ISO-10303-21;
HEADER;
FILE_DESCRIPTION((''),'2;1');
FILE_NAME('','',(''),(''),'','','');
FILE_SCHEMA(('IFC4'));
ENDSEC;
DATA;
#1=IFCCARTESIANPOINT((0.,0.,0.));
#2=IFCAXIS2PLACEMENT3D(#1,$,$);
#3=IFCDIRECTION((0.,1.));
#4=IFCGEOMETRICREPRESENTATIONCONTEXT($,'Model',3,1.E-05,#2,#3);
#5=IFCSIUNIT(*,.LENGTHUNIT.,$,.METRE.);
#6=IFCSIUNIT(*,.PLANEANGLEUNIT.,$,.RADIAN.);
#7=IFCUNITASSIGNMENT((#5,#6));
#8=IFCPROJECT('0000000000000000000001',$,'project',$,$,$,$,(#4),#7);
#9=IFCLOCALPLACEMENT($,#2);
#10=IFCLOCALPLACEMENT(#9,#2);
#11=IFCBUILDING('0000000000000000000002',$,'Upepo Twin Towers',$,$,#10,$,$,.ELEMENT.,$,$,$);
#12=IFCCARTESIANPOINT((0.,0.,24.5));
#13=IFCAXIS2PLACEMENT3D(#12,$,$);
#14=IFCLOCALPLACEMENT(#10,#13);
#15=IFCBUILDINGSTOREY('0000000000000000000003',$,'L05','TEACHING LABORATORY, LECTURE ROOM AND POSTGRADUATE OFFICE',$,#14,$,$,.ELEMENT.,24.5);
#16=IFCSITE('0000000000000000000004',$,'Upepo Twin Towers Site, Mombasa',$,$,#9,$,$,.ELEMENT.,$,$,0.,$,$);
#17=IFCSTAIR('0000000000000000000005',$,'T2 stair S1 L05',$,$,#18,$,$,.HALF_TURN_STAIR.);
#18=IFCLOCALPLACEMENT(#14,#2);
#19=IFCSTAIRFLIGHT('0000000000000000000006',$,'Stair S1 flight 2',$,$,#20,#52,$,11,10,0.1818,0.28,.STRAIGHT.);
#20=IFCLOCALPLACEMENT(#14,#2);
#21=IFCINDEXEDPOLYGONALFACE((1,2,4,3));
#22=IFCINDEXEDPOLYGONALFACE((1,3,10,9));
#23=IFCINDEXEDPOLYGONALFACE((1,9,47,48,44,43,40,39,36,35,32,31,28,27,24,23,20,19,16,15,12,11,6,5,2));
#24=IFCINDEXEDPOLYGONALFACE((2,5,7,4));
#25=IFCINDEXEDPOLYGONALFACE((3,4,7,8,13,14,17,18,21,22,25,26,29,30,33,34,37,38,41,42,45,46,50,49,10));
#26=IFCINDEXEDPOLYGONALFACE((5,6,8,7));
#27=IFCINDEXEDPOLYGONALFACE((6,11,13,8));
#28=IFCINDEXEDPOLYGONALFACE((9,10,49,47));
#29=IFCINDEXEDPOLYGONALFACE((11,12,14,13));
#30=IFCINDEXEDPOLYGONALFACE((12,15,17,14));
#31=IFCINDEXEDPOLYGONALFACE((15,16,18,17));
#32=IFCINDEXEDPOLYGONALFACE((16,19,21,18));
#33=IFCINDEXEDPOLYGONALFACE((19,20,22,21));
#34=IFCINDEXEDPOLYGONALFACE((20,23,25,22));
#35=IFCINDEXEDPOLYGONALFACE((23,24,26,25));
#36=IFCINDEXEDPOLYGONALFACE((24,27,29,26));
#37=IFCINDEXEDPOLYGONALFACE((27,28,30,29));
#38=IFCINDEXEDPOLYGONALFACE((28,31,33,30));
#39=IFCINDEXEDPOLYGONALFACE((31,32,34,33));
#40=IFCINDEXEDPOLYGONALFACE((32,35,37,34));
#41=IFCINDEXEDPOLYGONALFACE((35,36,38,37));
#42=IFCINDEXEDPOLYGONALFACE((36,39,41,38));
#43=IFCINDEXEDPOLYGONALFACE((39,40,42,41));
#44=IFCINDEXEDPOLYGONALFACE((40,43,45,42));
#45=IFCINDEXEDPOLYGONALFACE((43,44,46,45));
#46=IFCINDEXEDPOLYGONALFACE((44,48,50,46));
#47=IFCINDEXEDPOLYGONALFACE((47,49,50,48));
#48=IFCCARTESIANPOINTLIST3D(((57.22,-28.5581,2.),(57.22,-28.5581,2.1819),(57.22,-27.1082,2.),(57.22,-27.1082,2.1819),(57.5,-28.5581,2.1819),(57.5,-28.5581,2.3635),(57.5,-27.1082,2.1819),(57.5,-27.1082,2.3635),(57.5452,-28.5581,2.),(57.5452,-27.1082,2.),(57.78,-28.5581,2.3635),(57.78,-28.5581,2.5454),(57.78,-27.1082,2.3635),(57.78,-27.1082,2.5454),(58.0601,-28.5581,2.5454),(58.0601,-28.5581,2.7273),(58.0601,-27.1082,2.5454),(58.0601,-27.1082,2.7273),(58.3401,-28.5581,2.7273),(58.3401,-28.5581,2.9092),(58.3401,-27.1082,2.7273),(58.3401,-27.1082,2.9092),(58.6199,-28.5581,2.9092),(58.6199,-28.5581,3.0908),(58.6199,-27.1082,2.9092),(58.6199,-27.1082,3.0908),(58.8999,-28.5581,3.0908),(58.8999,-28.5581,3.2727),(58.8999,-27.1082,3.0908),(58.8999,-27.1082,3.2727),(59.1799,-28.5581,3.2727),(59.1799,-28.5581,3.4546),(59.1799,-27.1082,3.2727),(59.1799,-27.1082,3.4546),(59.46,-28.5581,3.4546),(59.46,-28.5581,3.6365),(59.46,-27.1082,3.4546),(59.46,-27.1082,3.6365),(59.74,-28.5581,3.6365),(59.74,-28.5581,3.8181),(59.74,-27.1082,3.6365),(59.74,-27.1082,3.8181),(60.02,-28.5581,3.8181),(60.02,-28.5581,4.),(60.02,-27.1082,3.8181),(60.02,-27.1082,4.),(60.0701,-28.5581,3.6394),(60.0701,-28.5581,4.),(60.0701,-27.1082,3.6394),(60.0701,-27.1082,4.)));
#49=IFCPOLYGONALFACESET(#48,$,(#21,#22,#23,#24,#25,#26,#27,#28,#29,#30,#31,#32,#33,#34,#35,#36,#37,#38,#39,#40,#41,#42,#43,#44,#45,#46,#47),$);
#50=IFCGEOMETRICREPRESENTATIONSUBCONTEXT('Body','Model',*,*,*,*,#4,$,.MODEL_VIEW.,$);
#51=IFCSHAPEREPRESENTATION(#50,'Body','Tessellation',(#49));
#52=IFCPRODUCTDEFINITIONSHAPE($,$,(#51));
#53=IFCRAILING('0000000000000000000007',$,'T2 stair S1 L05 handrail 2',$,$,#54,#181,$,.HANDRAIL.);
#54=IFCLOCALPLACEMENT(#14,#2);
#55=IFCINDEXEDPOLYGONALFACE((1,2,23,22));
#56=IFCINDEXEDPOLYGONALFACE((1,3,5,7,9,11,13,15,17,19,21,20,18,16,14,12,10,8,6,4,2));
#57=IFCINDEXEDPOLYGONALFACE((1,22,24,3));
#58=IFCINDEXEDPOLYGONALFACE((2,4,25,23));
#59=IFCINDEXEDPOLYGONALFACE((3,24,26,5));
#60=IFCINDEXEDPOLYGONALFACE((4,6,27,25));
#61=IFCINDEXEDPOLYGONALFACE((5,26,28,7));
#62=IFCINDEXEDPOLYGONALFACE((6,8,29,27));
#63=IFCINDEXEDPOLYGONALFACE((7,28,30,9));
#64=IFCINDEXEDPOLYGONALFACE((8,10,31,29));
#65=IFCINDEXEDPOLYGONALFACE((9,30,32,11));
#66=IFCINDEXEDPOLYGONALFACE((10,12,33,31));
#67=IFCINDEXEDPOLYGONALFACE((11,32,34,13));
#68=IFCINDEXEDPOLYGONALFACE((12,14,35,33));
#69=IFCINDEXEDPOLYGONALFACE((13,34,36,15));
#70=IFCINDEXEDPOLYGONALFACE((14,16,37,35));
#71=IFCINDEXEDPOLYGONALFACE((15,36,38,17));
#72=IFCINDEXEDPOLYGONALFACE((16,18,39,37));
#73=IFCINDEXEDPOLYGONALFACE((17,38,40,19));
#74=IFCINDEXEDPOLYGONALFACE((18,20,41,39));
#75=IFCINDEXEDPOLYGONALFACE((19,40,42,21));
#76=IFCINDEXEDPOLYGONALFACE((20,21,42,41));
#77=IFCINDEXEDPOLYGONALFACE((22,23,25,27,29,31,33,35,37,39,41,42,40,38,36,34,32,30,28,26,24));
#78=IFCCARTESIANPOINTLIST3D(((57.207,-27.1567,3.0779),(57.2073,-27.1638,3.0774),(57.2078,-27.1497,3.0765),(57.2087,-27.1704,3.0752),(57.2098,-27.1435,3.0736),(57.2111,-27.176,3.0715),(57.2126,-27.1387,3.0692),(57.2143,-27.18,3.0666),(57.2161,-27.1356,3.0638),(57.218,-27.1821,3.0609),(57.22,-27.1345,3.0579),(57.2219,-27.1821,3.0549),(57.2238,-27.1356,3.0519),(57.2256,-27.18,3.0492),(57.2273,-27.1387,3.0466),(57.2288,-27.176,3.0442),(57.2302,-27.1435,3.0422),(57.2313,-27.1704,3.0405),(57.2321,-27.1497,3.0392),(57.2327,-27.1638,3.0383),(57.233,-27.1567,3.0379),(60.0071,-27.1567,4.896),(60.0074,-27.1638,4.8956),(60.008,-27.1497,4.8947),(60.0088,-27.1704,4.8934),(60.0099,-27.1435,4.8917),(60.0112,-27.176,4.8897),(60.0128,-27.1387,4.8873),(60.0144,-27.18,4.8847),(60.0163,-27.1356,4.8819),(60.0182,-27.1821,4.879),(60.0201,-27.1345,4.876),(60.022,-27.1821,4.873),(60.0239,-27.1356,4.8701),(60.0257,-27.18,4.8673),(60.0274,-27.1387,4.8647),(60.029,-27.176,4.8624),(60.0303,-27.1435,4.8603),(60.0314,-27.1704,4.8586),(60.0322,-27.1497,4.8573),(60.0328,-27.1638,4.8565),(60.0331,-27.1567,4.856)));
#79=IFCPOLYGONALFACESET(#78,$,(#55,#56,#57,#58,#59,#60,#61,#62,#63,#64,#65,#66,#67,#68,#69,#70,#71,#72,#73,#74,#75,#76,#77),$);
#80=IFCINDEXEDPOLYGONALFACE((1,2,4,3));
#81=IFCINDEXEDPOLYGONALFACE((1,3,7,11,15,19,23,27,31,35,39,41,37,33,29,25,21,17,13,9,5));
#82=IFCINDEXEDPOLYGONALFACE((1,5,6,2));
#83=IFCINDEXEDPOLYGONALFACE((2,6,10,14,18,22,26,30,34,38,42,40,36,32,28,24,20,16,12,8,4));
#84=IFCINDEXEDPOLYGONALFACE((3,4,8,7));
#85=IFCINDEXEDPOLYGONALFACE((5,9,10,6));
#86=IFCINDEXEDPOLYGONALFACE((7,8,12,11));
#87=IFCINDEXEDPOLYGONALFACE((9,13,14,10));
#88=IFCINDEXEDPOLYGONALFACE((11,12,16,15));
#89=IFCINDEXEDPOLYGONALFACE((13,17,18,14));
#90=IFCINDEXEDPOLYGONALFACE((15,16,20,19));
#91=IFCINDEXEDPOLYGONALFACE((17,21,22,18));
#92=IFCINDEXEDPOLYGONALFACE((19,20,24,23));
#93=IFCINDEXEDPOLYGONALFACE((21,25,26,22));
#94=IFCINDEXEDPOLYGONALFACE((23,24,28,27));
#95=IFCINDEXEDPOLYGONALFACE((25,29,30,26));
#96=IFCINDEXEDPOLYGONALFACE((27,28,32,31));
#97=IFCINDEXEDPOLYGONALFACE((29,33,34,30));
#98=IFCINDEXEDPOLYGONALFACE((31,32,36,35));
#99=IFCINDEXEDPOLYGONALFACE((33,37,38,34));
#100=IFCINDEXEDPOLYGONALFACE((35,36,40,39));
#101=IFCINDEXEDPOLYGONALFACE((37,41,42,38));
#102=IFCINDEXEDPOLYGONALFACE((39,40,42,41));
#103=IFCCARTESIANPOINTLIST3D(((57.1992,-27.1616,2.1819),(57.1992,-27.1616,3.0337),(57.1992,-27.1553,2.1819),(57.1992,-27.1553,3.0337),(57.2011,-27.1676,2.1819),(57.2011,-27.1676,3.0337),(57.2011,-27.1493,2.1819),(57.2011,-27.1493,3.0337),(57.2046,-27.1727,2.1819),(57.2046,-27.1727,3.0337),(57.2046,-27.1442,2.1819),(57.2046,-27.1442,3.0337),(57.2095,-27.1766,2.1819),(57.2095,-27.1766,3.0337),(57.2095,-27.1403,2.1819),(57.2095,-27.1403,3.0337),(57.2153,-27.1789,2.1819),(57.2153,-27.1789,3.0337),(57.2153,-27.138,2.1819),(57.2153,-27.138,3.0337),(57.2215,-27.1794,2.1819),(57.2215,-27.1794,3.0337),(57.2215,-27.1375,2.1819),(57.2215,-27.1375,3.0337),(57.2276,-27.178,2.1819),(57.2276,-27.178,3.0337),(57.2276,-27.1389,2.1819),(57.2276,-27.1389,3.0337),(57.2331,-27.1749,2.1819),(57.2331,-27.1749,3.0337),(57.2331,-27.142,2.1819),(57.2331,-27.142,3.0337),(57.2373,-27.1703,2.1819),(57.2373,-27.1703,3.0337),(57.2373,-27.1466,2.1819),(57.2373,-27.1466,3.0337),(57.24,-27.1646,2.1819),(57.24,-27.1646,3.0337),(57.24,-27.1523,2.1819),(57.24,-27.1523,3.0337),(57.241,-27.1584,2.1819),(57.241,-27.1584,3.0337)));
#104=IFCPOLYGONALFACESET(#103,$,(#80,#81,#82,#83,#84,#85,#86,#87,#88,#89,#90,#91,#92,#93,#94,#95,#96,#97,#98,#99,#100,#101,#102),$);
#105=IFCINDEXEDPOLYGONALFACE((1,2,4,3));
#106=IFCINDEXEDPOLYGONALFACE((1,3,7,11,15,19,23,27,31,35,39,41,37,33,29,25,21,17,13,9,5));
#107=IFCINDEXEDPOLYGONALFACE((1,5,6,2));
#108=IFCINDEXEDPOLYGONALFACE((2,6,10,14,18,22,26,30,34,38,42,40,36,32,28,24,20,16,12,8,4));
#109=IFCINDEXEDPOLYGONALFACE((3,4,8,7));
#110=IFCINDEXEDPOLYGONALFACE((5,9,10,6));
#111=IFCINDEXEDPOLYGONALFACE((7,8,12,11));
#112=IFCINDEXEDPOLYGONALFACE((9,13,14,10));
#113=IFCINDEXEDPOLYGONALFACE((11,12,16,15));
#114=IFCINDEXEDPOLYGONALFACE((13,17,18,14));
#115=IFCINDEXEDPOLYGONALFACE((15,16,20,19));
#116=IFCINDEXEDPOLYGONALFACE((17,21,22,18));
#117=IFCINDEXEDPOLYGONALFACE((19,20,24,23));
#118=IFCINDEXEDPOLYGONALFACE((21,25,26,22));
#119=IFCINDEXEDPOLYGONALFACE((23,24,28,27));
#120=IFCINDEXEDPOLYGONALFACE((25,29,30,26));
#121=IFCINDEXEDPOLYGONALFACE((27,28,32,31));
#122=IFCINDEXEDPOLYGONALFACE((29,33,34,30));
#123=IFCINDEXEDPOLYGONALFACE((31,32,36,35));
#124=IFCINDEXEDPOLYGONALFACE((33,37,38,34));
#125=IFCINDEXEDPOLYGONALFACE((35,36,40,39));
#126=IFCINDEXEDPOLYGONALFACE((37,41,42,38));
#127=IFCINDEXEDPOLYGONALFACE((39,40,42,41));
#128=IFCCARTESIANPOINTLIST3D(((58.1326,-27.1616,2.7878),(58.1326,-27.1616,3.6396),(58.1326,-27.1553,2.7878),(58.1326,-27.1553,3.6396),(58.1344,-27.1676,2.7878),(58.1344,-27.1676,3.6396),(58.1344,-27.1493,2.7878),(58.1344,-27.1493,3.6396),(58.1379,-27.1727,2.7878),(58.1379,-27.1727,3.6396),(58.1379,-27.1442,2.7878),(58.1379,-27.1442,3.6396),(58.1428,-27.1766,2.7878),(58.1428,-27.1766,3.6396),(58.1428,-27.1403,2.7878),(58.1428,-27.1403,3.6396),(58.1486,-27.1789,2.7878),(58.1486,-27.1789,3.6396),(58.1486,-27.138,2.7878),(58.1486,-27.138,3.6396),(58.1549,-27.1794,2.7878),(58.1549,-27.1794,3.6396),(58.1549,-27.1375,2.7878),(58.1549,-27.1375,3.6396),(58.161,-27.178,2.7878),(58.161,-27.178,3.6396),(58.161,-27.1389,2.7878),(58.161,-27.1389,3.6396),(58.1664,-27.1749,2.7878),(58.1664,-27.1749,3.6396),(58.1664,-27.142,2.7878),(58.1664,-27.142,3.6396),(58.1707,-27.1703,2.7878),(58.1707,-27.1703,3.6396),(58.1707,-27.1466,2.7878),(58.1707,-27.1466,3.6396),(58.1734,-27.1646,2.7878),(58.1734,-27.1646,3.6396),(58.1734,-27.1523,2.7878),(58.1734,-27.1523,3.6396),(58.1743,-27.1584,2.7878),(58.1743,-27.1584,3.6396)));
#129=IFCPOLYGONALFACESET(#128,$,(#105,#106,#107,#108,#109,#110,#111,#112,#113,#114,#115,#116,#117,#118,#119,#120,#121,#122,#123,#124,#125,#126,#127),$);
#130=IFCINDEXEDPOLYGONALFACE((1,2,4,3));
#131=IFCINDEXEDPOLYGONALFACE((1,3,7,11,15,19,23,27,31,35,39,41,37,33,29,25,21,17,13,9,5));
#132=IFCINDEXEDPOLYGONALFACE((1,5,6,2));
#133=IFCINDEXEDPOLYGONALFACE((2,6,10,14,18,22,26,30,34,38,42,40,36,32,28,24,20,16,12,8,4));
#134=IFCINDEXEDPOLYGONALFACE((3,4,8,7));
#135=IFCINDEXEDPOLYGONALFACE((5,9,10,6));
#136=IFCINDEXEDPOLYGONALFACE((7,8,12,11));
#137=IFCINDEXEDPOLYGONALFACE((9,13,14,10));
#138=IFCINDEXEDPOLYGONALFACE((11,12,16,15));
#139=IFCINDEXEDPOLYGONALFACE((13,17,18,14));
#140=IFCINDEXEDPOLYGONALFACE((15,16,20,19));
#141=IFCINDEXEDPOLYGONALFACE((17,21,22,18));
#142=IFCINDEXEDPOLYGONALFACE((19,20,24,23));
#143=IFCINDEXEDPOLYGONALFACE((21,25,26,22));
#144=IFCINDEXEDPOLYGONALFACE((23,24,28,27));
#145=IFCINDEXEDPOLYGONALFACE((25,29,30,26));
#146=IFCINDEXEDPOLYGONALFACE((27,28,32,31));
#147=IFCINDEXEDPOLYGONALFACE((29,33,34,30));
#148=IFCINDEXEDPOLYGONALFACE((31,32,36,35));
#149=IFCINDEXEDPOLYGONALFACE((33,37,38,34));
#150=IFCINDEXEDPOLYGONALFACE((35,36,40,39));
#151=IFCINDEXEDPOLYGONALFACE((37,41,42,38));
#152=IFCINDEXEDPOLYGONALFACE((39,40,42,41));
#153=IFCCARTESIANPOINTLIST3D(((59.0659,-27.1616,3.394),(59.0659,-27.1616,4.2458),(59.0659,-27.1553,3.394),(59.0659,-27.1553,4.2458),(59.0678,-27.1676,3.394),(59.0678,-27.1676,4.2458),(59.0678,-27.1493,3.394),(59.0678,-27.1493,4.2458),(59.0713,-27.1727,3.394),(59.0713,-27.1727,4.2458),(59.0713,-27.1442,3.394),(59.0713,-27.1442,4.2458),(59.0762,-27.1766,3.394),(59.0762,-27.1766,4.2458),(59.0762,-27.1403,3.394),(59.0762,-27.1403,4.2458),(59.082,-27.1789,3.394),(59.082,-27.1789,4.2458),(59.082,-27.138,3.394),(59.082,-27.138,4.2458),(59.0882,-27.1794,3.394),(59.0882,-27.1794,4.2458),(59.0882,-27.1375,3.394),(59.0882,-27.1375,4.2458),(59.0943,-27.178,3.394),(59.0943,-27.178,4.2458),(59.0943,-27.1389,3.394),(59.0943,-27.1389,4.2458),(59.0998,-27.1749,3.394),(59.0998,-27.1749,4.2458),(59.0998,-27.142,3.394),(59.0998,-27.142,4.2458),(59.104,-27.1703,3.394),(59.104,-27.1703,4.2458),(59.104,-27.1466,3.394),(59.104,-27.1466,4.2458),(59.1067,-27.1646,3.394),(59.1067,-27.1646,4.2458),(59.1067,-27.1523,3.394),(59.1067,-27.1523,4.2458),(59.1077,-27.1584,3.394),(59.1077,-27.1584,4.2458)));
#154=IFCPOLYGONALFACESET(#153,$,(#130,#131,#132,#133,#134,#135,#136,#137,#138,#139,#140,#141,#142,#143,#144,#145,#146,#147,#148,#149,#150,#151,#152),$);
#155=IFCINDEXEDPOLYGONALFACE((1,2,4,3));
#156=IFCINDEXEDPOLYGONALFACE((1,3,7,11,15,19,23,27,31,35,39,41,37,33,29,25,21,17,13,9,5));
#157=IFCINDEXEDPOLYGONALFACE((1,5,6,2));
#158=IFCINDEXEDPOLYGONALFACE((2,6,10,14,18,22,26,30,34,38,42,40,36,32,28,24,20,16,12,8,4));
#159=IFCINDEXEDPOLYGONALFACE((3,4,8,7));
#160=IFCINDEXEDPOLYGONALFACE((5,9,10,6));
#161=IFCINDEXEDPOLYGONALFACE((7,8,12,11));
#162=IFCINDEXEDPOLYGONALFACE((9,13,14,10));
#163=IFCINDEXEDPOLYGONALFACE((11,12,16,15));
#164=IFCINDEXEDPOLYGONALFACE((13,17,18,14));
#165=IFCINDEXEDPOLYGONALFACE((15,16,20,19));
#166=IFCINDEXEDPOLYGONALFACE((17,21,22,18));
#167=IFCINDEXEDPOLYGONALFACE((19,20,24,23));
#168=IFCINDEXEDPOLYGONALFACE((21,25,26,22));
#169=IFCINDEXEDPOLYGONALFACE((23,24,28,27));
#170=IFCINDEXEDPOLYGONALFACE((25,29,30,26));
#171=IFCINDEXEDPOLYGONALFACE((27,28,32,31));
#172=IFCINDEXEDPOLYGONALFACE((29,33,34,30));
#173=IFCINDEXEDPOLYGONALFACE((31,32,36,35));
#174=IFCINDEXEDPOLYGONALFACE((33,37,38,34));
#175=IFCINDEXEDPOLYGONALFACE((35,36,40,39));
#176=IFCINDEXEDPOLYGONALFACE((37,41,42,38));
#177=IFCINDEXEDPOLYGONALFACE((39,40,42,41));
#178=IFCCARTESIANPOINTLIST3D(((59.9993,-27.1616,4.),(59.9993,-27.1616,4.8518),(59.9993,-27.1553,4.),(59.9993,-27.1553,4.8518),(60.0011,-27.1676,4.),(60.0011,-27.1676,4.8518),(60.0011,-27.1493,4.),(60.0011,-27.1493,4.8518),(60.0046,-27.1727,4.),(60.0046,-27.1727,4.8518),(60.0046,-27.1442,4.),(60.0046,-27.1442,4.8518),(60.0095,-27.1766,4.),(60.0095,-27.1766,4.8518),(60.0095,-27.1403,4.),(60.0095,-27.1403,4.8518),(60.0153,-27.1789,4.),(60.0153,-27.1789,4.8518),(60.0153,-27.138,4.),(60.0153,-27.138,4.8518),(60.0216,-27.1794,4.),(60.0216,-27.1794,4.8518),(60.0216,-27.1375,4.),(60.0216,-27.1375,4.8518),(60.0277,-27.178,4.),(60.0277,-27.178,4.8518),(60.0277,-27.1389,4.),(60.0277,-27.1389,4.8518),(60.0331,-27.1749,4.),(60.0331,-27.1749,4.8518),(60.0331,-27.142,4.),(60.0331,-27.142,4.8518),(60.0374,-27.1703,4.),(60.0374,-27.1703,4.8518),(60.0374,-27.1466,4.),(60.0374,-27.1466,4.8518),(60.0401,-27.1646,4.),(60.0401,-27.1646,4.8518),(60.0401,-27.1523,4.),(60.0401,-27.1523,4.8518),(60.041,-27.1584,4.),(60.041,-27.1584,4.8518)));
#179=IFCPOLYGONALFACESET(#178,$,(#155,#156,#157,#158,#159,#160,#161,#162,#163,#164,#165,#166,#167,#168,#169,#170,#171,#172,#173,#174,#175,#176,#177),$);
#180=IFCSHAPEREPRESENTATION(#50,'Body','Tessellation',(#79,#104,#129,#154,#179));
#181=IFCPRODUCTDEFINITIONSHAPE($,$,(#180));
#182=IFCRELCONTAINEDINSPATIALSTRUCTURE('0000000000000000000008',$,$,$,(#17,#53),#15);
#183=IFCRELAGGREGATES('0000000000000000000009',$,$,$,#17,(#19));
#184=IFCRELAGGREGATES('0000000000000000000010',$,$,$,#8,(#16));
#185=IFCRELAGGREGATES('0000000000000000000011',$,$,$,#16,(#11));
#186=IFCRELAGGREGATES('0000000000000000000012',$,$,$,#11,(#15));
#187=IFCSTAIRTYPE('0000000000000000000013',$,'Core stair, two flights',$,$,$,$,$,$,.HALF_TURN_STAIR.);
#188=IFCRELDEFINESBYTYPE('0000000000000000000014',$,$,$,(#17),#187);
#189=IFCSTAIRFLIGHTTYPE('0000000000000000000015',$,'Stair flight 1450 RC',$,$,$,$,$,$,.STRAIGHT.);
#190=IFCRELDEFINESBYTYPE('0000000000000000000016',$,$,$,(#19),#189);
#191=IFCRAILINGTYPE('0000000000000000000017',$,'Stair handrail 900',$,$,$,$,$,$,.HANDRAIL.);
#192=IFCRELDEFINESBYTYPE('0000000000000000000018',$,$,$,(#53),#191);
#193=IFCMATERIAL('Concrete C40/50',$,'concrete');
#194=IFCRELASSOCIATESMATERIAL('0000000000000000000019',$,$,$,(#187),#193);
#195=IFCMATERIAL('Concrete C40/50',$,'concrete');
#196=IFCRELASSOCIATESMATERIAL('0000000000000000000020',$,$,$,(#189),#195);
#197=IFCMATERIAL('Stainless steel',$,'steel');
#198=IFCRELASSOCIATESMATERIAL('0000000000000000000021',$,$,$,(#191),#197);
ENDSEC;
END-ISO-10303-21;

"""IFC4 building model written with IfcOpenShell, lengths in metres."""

from ifc_helpers import new_model, si_unit, direction, frame, origin, origin_2d, place, context, subcontext, project, spatial, polyline, circle, outline, extrude, material, type_object, element, aggregate, save


model = new_model("IFC4")

# Units and contexts
model_context = context("Model", 3, precision=1e-05, world=origin(), true_north=direction((0.0, 1.0)))
body_context = subcontext(model_context, "Body", "Model", "MODEL_VIEW")
ifc_project = project(units=[si_unit("LENGTHUNIT", "METRE"), si_unit("PLANEANGLEUNIT", "RADIAN")], contexts=[model_context])

# Site, building, storey
site_placement = place(None, origin())
site = spatial("IfcSite", under=ifc_project, at=site_placement, Name="Upepo Twin Towers Site, Mombasa", CompositionType="ELEMENT", RefElevation=0.0)
building_placement = place(site_placement, origin())
building = spatial("IfcBuilding", under=site, at=building_placement, Name="Upepo Twin Towers", CompositionType="ELEMENT")
storey_placement = place(building_placement, frame((0.0, 0.0, 24.5)))
storey = spatial("IfcBuildingStorey", under=building, at=storey_placement, Name="L05", Description="TEACHING LABORATORY, LECTURE ROOM AND POSTGRADUATE OFFICE", CompositionType="ELEMENT", Elevation=24.5)

# Stair, stair flight
ifc_material_1 = material(Name="Concrete C40/50", Category="concrete")
stair_type = type_object("IfcStairType", Name="Core stair, two flights", PredefinedType="HALF_TURN_STAIR", material=ifc_material_1)
stair_placement = place(storey_placement, origin())
stair = element("IfcStair", 1, at=stair_placement, inside=storey, type_object=stair_type, Name="T2 stair S1 L05", PredefinedType="HALF_TURN_STAIR")
ifc_material_2 = material(Name="Concrete C40/50", Category="concrete")
stair_flight_type = type_object("IfcStairFlightType", Name="Stair flight 1450 RC", PredefinedType="STRAIGHT", material=ifc_material_2)
stair_flight_placement = place(storey_placement, frame((57.22, -27.8333, 2.0), z_axis=(0.0, 0.0, 1.0), x_axis=(1.0, 0.0, 0.0)))
stair_flight = element("IfcStairFlight", 2, at=stair_flight_placement, type_object=stair_flight_type, Name="Stair S1 flight 2", NumberOfRisers=11, NumberOfTreads=10, PredefinedType="STRAIGHT", RiserHeight=0.1818, TreadLength=0.28, context=body_context, shape_type="SweptSolid", body=[
    extrude(outline(polyline([(0.0, 0.0), (0.0, 0.1819), (0.28, 0.1819), (0.28, 0.3635), (0.5601, 0.3635), (0.5601, 0.5454), (0.8401, 0.5454), (0.8401, 0.7273), (1.1201, 0.7273), (1.1201, 0.9092), (1.3999, 0.9092), (1.3999, 1.0908), (1.6799, 1.0908), (1.6799, 1.2727), (1.96, 1.2727), (1.96, 1.4546), (2.24, 1.4546), (2.24, 1.6365), (2.52, 1.6365), (2.52, 1.8181), (2.8, 1.8181), (2.8, 2.0), (2.8501, 2.0), (2.8501, 1.6394), (0.3252, 0.0), (0.0, 0.0)])), frame((0.0, 0.7251, 0.0), z_axis=(0.0, -1.0, 0.0), x_axis=(1.0, 0.0, 0.0)), (0.0, 0.0, 1.0), 1.45),
])
aggregate(stair, [stair_flight])

# Railing
ifc_material_3 = material(Name="Stainless steel", Category="steel")
railing_type = type_object("IfcRailingType", Name="Stair handrail 900", PredefinedType="HANDRAIL", material=ifc_material_3)
railing_placement = place(storey_placement, frame((57.22, -27.1584, 2.1819)))
element("IfcRailing", 3, at=railing_placement, inside=storey, type_object=railing_type, Name="T2 stair S1 L05 handrail 2", PredefinedType="HANDRAIL", context=body_context, shape_type="SweptSolid", body=[
    extrude(circle(Radius=0.0239, at=origin_2d()), frame((0.0, 0.0, 0.876), z_axis=(0.838706, 0.0, 0.544585), x_axis=(0.0, 1.0, 0.0)), (0.0, 0.0, 1.0), 3.3386),
    extrude(circle(Radius=0.021, at=origin_2d()), origin(), (0.0, 0.0, 1.0), 0.8518),
    extrude(circle(Radius=0.021, at=origin_2d()), frame((0.9333, 0.0, 0.606)), (0.0, 0.0, 1.0), 0.8518),
    extrude(circle(Radius=0.021, at=origin_2d()), frame((1.8667, 0.0, 1.2122)), (0.0, 0.0, 1.0), 0.8518),
    extrude(circle(Radius=0.021, at=origin_2d()), frame((2.8, 0.0, 1.8181)), (0.0, 0.0, 1.0), 0.8518),
])

save(model, "model.ifc")
